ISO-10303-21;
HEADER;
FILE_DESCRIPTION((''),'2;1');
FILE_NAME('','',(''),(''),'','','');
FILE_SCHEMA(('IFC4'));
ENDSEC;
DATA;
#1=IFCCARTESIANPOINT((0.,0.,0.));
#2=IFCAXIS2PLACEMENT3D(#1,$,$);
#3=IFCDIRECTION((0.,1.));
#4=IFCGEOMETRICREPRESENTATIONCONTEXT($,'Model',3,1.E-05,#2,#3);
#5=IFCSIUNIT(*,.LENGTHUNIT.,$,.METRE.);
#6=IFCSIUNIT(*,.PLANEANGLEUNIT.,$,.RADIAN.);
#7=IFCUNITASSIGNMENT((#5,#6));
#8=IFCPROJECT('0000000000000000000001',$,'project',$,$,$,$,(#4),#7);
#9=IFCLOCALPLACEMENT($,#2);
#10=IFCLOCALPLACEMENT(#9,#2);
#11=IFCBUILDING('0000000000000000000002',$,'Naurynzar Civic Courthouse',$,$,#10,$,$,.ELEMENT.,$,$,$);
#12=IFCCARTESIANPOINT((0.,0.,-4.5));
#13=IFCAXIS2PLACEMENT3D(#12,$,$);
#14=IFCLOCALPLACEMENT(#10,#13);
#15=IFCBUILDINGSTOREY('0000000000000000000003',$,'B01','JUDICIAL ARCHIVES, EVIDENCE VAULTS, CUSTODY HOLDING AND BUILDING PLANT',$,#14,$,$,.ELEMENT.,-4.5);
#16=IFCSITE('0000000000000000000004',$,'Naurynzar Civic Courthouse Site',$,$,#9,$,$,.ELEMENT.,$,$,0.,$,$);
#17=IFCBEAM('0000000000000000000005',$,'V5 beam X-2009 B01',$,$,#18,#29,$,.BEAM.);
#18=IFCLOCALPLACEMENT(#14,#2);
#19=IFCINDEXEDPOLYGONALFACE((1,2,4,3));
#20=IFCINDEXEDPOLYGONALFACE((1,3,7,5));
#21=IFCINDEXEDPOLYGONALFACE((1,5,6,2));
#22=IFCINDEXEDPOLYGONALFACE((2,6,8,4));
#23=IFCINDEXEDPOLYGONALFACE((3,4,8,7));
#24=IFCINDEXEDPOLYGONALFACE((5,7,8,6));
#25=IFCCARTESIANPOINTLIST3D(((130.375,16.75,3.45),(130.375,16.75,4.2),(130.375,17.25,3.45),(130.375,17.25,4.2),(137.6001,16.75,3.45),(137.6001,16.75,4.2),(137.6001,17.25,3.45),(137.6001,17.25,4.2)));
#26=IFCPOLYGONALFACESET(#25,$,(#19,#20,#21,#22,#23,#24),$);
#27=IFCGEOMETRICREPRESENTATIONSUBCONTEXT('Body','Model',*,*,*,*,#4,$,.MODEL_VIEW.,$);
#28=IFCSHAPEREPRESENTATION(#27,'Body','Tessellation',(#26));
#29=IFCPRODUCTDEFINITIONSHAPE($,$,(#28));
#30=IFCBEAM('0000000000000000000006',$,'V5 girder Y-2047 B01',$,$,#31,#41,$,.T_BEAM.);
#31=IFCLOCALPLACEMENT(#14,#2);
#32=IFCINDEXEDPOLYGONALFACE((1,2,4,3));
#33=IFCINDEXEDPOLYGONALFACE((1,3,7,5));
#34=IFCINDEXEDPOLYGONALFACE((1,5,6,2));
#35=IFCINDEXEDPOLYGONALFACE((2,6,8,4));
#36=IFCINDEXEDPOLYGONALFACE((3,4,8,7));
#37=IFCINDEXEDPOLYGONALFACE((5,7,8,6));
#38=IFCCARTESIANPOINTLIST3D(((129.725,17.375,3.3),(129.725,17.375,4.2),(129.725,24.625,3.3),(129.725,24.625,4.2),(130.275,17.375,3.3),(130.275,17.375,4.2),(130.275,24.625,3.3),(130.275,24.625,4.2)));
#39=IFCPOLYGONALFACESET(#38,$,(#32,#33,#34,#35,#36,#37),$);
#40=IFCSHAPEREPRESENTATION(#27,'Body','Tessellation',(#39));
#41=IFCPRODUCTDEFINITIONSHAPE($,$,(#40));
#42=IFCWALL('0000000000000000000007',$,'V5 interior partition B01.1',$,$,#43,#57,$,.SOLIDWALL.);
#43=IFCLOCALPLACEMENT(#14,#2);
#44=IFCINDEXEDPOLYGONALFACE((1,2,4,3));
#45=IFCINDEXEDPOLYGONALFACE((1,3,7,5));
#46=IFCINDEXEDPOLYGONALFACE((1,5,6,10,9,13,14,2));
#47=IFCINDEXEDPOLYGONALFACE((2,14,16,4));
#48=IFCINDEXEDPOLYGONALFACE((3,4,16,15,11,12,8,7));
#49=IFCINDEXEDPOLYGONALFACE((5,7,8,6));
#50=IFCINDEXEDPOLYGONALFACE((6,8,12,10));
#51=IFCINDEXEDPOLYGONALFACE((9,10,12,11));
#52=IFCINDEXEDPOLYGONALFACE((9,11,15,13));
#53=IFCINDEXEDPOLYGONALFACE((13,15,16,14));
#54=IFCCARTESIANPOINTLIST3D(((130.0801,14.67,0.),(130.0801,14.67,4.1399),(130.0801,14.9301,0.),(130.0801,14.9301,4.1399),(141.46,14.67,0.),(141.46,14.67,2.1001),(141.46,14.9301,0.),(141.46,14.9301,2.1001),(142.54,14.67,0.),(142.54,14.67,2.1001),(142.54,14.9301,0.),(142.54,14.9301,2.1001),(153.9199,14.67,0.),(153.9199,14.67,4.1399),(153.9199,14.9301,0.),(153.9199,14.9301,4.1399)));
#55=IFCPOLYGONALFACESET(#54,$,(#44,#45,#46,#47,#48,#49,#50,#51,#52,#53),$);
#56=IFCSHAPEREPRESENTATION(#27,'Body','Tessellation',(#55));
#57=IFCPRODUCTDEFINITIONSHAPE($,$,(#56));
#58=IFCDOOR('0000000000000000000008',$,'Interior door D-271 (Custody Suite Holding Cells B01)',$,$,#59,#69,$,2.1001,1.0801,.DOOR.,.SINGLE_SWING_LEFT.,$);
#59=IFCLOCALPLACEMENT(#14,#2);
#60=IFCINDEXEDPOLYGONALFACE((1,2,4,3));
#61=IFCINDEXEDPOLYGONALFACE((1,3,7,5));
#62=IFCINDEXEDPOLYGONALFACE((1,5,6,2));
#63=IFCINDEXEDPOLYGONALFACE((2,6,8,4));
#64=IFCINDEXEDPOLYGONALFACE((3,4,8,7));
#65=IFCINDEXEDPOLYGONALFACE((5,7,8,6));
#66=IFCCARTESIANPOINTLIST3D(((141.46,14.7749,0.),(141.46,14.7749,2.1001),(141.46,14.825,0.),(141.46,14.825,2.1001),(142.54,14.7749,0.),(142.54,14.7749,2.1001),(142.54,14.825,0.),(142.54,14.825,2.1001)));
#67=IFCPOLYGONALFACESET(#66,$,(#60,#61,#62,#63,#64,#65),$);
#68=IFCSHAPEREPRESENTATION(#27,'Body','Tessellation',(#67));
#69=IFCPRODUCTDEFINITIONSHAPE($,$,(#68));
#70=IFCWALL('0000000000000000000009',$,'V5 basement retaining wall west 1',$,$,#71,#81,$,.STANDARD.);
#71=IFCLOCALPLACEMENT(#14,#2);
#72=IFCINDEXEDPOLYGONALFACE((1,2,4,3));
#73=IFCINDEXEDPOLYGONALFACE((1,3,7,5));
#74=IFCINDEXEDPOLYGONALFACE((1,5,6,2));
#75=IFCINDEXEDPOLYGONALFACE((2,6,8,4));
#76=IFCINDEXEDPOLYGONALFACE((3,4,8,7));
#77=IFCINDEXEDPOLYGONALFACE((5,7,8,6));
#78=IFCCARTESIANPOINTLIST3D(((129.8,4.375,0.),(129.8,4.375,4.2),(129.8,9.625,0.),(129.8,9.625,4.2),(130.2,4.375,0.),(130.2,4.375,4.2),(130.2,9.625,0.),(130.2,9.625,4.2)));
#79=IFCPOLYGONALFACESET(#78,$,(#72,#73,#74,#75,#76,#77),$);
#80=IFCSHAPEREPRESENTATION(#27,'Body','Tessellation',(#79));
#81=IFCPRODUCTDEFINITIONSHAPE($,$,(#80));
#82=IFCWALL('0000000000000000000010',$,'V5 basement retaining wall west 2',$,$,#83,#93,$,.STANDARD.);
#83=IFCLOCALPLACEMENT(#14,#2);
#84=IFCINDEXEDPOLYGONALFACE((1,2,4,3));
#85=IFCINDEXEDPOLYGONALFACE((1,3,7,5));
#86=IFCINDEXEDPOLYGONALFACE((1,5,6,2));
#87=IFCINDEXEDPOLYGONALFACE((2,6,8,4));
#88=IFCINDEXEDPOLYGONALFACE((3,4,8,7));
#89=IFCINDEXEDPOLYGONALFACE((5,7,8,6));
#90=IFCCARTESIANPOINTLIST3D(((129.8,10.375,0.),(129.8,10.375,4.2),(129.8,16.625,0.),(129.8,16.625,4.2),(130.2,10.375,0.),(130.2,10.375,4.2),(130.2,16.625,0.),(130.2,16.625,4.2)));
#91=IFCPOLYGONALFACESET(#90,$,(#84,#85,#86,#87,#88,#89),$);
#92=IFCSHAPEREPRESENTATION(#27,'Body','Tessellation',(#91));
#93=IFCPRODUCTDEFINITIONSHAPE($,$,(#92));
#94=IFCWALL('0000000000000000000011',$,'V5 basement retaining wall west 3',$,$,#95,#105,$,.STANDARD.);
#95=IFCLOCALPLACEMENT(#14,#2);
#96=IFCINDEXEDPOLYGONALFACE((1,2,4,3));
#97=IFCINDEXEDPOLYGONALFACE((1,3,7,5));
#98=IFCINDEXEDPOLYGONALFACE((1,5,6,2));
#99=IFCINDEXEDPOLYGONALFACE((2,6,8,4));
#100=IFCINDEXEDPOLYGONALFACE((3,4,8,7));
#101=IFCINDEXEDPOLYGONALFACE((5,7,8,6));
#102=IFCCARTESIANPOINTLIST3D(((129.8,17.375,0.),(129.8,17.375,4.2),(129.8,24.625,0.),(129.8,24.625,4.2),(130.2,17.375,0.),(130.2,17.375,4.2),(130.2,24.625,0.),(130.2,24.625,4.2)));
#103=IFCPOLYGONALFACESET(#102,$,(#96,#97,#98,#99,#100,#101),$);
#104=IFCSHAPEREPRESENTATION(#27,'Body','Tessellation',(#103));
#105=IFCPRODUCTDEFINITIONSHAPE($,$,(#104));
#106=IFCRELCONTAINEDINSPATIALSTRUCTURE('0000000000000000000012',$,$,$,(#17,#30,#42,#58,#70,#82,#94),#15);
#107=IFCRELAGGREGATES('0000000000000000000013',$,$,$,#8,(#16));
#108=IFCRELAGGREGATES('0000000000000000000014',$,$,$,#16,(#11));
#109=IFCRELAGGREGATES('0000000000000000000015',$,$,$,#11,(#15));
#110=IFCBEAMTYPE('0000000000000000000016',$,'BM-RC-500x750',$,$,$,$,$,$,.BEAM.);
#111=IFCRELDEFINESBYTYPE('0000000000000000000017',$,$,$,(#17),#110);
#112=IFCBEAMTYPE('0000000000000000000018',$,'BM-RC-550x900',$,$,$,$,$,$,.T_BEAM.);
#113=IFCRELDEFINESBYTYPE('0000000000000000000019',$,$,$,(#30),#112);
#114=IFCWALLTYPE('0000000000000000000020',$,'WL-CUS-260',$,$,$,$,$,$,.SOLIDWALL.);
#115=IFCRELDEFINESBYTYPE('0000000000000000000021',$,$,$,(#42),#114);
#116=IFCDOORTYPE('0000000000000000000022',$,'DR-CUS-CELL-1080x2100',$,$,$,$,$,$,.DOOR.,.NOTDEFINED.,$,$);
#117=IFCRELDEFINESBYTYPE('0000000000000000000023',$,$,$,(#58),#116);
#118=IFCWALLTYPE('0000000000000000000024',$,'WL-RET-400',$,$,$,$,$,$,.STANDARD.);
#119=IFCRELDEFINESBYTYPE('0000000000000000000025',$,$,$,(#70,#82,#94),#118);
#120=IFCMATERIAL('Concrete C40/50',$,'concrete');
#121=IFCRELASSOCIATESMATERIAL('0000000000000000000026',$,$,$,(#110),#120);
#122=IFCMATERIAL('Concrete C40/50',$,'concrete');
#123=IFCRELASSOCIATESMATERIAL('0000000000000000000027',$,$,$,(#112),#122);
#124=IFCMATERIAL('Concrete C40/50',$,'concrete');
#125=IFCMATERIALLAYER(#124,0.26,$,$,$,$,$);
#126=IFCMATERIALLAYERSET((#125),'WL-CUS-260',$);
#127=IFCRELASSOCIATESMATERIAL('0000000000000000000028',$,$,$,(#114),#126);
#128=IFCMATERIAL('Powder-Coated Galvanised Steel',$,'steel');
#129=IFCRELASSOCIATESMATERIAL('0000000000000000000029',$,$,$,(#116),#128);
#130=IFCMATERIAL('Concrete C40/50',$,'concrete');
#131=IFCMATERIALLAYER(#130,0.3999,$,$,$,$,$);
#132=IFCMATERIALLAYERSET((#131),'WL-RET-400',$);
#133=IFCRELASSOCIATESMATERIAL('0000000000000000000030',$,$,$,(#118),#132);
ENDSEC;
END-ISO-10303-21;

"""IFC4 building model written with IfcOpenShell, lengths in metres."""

from ifc_helpers import new_model, si_unit, direction, frame, frame_2d, origin, origin_2d, place, context, subcontext, project, spatial, rectangle, extrude, material, layer, layer_set, material_profile, profile_set, type_object, element, fill, save


model = new_model("IFC4")

# Units and contexts
model_context = context("Model", 3, precision=1e-05, world=origin(), true_north=direction((0.0, 1.0)))
body_context = subcontext(model_context, "Body", "Model", "MODEL_VIEW")
ifc_project = project(units=[si_unit("LENGTHUNIT", "METRE"), si_unit("PLANEANGLEUNIT", "RADIAN")], contexts=[model_context])

# Site, building, storey
site_placement = place(None, origin())
site = spatial("IfcSite", under=ifc_project, at=site_placement, Name="Naurynzar Civic Courthouse Site", CompositionType="ELEMENT", RefElevation=0.0)
building_placement = place(site_placement, origin())
building = spatial("IfcBuilding", under=site, at=building_placement, Name="Naurynzar Civic Courthouse", CompositionType="ELEMENT")
storey_placement = place(building_placement, frame((0.0, 0.0, -4.5)))
storey = spatial("IfcBuildingStorey", under=building, at=storey_placement, Name="B01", Description="JUDICIAL ARCHIVES, EVIDENCE VAULTS, CUSTODY HOLDING AND BUILDING PLANT", CompositionType="ELEMENT", Elevation=-4.5)

# Beams
ifc_material_1 = material(Name="Concrete C40/50", Category="concrete")
ifc_material_profile_1 = material_profile(ifc_material_1, rectangle(XDim=0.5, YDim=0.75, at=origin_2d()), Name="RCB 500x750")
ifc_profile_set_1 = profile_set([ifc_material_profile_1], Name="Concrete C40/50")
beam_type_1 = type_object("IfcBeamType", Name="BM-RC-500x750", PredefinedType="BEAM", material=ifc_profile_set_1)
for number, where, z_axis, x_axis, name in (
    (1, (130.375, 17.0, 3.825), (1.0, 0.0, 0.0), (0.0, 1.0, 0.0), "V5 beam X-2009 B01"),
):
    element("IfcBeam", number, at=place(storey_placement, frame(where, z_axis=z_axis, x_axis=x_axis)), inside=storey, type_object=beam_type_1, Name=name, PredefinedType="BEAM", context=body_context, shape_type="SweptSolid", body=[
        extrude(rectangle(XDim=0.5, YDim=0.75, at=origin_2d()), origin(), (0.0, 0.0, 1.0), 7.2251),
    ])
ifc_material_2 = material(Name="Concrete C40/50", Category="concrete")
ifc_material_profile_2 = material_profile(ifc_material_2, rectangle(XDim=0.55, YDim=0.8999, at=origin_2d()), Name="RCB 550x900")
ifc_profile_set_2 = profile_set([ifc_material_profile_2], Name="Concrete C40/50")
beam_type_2 = type_object("IfcBeamType", Name="BM-RC-550x900", PredefinedType="T_BEAM", material=ifc_profile_set_2)
beam_1_placement = place(storey_placement, frame((130.0, 17.375, 3.75), z_axis=(0.0, 1.0, 0.0), x_axis=(-1.0, 0.0, 0.0)))
element("IfcBeam", 2, at=beam_1_placement, inside=storey, type_object=beam_type_2, Name="V5 girder Y-2047 B01", PredefinedType="T_BEAM", context=body_context, shape_type="SweptSolid", body=[
    extrude(rectangle(XDim=0.55, YDim=0.8999, at=origin_2d()), origin(), (0.0, 0.0, 1.0), 7.25),
])

# Wall, opening, door
ifc_material_3 = material(Name="Concrete C40/50", Category="concrete")
ifc_layer_1 = layer(ifc_material_3, 0.26)
ifc_layer_set_1 = layer_set([ifc_layer_1], Name="WL-CUS-260")
wall_type_1 = type_object("IfcWallType", Name="WL-CUS-260", PredefinedType="SOLIDWALL", material=ifc_layer_set_1)
wall_1_placement = place(storey_placement, frame((130.0801, 14.8, 0.0), z_axis=(0.0, 0.0, 1.0), x_axis=(1.0, 0.0, 0.0)))
wall_1 = element("IfcWall", 3, at=wall_1_placement, inside=storey, type_object=wall_type_1, Name="V5 interior partition B01.1", PredefinedType="SOLIDWALL", context=body_context, shape_type="SweptSolid", body=[
    extrude(rectangle(XDim=23.8398, YDim=0.26, at=frame_2d((11.9199, 0.0))), origin(), (0.0, 0.0, 1.0), 4.1399),
])
opening_placement = place(wall_1_placement, frame((11.3799, 0.0, 0.0)))
opening = element("IfcOpeningElement", 4, at=opening_placement, cuts=wall_1, PredefinedType="OPENING", context=body_context, shape_type="SweptSolid", body=[
    extrude(rectangle(XDim=1.0801, YDim=2.1001, at=frame_2d((0.54, 1.05))), frame((0.0, 0.1399, 0.0), z_axis=(0.0, -1.0, 0.0), x_axis=(1.0, 0.0, 0.0)), (0.0, 0.0, 1.0), 0.28),
])
ifc_material_4 = material(Name="Powder-Coated Galvanised Steel", Category="steel")
door_type = type_object("IfcDoorType", Name="DR-CUS-CELL-1080x2100", OperationType="NOTDEFINED", PredefinedType="DOOR", material=ifc_material_4)
door_placement = place(opening_placement, origin())
door = element("IfcDoor", 5, at=door_placement, inside=storey, type_object=door_type, Name="Interior door D-271 (Custody Suite Holding Cells B01)", OperationType="SINGLE_SWING_LEFT", OverallHeight=2.1001, OverallWidth=1.0801, PredefinedType="DOOR", context=body_context, shape_type="SweptSolid", body=[
    extrude(rectangle(XDim=1.0801, YDim=2.1001, at=frame_2d((0.54, 1.05))), frame((0.0, 0.0249, 0.0), z_axis=(0.0, -1.0, 0.0), x_axis=(1.0, 0.0, 0.0)), (0.0, 0.0, 1.0), 0.05),
])
fill(opening, door)

# Walls
ifc_material_5 = material(Name="Concrete C40/50", Category="concrete")
ifc_layer_2 = layer(ifc_material_5, 0.3999)
ifc_layer_set_2 = layer_set([ifc_layer_2], Name="WL-RET-400")
wall_type_2 = type_object("IfcWallType", Name="WL-RET-400", PredefinedType="STANDARD", material=ifc_layer_set_2)
wall_2_placement = place(storey_placement, frame((130.0, 4.375, 0.0), z_axis=(0.0, 0.0, 1.0), x_axis=(0.0, 1.0, 0.0)))
element("IfcWall", 6, at=wall_2_placement, inside=storey, type_object=wall_type_2, Name="V5 basement retaining wall west 1", PredefinedType="STANDARD", context=body_context, shape_type="SweptSolid", body=[
    extrude(rectangle(XDim=5.25, YDim=0.3999, at=frame_2d((2.625, 0.0))), origin(), (0.0, 0.0, 1.0), 4.2),
])
wall_3_placement = place(storey_placement, frame((130.0, 10.375, 0.0), z_axis=(0.0, 0.0, 1.0), x_axis=(0.0, 1.0, 0.0)))
element("IfcWall", 7, at=wall_3_placement, inside=storey, type_object=wall_type_2, Name="V5 basement retaining wall west 2", PredefinedType="STANDARD", context=body_context, shape_type="SweptSolid", body=[
    extrude(rectangle(XDim=6.25, YDim=0.3999, at=frame_2d((3.125, 0.0))), origin(), (0.0, 0.0, 1.0), 4.2),
])
wall_4_placement = place(storey_placement, frame((130.0, 17.375, 0.0), z_axis=(0.0, 0.0, 1.0), x_axis=(0.0, 1.0, 0.0)))
element("IfcWall", 8, at=wall_4_placement, inside=storey, type_object=wall_type_2, Name="V5 basement retaining wall west 3", PredefinedType="STANDARD", context=body_context, shape_type="SweptSolid", body=[
    extrude(rectangle(XDim=7.25, YDim=0.3999, at=frame_2d((3.625, 0.0))), origin(), (0.0, 0.0, 1.0), 4.2),
])

save(model, "model.ifc")
